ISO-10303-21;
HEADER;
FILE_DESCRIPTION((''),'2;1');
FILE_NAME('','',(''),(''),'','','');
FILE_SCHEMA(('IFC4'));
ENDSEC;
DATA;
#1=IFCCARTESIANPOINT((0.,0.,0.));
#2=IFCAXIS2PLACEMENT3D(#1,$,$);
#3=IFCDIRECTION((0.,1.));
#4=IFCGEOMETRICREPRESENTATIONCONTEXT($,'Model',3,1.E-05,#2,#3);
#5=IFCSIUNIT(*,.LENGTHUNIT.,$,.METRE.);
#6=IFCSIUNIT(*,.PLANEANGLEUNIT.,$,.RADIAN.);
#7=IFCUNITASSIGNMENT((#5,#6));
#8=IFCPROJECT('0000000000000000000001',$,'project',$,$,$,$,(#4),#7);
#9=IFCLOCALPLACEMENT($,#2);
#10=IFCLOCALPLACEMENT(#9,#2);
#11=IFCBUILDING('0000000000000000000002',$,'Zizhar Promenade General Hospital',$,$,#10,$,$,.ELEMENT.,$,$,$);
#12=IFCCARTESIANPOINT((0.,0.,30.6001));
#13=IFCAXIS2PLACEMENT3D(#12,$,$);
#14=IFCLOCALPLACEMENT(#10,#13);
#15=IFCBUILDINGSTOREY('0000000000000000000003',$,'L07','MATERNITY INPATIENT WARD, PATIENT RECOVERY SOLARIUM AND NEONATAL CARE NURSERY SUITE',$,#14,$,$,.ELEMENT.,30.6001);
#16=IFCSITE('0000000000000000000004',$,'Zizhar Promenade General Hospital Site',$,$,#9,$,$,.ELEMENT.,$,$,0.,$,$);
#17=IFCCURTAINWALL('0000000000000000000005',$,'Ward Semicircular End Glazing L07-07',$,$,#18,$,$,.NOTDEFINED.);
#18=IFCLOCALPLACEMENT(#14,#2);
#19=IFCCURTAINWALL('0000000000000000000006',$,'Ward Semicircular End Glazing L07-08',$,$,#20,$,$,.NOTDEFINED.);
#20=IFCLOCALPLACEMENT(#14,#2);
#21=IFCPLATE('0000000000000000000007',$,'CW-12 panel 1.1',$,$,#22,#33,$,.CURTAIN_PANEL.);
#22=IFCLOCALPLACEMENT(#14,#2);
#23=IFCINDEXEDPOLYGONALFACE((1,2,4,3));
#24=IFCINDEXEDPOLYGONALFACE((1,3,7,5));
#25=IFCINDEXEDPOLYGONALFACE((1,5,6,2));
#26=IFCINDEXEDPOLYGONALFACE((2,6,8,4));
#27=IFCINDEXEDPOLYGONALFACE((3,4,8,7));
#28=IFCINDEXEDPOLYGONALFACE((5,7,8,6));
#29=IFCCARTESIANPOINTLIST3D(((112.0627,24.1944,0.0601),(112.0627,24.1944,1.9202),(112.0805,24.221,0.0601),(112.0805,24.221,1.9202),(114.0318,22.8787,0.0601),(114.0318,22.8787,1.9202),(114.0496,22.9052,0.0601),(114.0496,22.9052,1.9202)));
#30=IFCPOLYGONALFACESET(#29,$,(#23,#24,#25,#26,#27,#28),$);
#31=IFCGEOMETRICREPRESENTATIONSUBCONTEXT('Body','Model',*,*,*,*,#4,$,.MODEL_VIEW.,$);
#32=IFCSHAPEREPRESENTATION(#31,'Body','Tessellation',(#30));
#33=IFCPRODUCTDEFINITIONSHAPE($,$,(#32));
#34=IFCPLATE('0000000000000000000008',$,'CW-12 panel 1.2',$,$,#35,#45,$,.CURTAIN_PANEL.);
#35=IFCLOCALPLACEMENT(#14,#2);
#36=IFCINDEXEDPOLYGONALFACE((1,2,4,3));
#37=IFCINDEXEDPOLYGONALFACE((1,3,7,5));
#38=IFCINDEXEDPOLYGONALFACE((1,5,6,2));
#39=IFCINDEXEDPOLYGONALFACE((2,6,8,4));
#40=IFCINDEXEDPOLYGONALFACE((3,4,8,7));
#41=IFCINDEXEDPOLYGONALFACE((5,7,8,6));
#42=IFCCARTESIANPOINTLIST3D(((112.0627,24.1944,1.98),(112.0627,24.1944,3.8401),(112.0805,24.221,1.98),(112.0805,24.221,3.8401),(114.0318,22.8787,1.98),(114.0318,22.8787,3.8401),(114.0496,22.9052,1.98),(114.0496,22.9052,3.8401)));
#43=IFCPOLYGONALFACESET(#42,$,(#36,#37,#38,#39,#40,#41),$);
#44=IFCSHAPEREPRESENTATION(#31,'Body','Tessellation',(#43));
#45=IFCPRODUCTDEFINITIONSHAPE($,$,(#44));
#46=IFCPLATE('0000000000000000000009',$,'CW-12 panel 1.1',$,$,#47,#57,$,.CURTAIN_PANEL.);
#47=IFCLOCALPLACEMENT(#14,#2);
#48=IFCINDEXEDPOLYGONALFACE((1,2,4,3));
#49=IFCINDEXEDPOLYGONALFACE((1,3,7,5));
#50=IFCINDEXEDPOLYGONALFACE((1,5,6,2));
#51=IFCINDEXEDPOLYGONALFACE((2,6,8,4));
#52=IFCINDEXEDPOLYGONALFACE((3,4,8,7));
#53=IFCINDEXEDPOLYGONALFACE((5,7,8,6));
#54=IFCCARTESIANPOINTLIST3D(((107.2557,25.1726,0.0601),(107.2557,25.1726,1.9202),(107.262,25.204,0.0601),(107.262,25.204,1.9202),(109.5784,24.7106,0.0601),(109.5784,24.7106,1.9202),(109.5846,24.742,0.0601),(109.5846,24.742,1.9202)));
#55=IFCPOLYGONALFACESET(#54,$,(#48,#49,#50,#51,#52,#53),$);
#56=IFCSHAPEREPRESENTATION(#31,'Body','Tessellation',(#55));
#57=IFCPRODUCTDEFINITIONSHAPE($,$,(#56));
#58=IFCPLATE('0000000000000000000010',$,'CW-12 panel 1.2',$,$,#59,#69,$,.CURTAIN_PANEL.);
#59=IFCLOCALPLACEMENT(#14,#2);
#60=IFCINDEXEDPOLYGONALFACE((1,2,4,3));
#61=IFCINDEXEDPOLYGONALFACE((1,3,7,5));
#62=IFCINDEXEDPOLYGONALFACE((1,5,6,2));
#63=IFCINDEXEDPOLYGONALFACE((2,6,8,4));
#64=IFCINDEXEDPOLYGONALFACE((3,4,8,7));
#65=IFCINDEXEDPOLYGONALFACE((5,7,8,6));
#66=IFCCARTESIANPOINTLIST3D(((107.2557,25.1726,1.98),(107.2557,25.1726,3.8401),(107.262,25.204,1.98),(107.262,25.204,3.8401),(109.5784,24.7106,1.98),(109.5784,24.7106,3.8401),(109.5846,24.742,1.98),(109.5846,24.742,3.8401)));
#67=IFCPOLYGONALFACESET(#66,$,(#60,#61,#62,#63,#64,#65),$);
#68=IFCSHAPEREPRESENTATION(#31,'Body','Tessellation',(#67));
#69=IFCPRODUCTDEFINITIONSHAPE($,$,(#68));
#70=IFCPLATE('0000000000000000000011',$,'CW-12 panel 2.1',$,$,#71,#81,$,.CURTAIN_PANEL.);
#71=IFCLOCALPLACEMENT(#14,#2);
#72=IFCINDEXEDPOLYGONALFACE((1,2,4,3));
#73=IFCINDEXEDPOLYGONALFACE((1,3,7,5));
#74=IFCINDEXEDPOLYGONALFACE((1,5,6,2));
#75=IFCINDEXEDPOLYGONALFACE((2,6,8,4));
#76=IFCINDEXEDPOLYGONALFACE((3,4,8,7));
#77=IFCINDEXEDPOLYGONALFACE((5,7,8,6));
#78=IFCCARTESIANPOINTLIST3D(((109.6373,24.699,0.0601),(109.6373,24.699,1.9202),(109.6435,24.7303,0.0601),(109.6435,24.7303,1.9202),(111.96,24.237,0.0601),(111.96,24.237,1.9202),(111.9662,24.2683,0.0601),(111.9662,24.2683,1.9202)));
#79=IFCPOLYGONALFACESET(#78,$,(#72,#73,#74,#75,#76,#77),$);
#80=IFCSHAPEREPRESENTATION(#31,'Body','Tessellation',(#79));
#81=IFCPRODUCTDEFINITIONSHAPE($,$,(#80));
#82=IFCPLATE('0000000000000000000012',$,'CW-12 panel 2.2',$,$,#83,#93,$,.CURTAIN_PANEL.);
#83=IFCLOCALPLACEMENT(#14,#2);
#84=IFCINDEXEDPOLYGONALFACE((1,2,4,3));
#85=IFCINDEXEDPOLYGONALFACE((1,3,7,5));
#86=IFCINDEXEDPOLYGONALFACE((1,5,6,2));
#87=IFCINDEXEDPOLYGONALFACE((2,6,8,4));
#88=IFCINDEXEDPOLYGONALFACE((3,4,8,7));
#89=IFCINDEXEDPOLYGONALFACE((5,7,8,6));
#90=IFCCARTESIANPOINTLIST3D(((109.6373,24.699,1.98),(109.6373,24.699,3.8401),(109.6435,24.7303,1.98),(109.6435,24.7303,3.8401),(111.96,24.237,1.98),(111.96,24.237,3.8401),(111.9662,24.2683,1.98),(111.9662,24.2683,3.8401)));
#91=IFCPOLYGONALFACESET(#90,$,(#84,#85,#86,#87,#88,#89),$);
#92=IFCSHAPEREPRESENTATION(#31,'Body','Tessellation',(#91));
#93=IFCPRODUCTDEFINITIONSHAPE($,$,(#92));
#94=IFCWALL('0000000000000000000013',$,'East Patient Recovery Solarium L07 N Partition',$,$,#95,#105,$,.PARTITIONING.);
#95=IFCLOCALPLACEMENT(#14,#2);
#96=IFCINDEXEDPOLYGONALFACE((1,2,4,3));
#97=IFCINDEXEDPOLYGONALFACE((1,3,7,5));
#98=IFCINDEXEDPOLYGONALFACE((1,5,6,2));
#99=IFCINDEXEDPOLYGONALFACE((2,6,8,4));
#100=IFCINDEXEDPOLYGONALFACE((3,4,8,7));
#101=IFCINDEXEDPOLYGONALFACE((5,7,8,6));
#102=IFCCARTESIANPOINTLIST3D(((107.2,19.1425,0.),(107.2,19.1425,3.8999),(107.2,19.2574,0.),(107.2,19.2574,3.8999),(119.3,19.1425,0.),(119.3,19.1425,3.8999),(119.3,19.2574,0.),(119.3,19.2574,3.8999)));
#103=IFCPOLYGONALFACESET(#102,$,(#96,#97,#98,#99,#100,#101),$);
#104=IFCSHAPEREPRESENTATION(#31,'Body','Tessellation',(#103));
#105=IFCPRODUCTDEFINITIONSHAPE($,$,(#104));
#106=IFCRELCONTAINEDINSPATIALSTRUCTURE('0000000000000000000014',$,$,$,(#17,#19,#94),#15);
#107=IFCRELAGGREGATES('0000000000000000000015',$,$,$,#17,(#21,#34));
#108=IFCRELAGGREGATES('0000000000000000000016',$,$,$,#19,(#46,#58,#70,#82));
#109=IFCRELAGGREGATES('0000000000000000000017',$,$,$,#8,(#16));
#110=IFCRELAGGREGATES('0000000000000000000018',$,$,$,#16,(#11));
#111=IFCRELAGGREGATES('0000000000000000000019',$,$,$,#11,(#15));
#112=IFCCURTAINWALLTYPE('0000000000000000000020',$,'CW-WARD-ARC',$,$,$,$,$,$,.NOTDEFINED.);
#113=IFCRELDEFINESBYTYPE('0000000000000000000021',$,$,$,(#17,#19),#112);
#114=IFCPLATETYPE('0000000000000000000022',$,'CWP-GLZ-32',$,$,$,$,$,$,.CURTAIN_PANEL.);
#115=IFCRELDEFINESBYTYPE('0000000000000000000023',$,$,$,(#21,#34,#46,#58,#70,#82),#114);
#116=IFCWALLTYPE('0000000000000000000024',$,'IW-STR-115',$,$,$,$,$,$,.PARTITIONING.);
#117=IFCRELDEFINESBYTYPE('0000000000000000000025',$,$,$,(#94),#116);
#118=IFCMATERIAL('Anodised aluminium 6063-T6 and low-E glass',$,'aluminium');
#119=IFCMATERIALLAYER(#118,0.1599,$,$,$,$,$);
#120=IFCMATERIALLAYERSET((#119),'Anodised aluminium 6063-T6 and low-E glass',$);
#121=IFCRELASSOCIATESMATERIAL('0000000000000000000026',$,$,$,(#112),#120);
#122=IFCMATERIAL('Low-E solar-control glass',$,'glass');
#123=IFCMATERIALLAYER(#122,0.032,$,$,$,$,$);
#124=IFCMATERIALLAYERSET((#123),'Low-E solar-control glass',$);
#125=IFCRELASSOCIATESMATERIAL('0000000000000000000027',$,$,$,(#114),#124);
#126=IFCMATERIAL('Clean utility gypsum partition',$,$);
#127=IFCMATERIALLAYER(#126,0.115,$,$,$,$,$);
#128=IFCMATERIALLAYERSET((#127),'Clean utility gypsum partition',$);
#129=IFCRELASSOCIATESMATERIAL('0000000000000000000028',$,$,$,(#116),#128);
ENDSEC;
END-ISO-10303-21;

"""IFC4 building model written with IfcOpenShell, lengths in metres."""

from ifc_helpers import new_model, si_unit, direction, frame, frame_2d, origin, origin_2d, place, context, subcontext, project, spatial, rectangle, extrude, material, layer, layer_set, type_object, element, aggregate, save


model = new_model("IFC4")

# Units and contexts
model_context = context("Model", 3, precision=1e-05, world=origin(), true_north=direction((0.0, 1.0)))
body_context = subcontext(model_context, "Body", "Model", "MODEL_VIEW")
ifc_project = project(units=[si_unit("LENGTHUNIT", "METRE"), si_unit("PLANEANGLEUNIT", "RADIAN")], contexts=[model_context])

# Site, building, storey
site_placement = place(None, origin())
site = spatial("IfcSite", under=ifc_project, at=site_placement, Name="Zizhar Promenade General Hospital Site", CompositionType="ELEMENT", RefElevation=0.0)
building_placement = place(site_placement, origin())
building = spatial("IfcBuilding", under=site, at=building_placement, Name="Zizhar Promenade General Hospital", CompositionType="ELEMENT")
storey_placement = place(building_placement, frame((0.0, 0.0, 30.6001)))
storey = spatial("IfcBuildingStorey", under=building, at=storey_placement, Name="L07", Description="MATERNITY INPATIENT WARD, PATIENT RECOVERY SOLARIUM AND NEONATAL CARE NURSERY SUITE", CompositionType="ELEMENT", Elevation=30.6001)

# Curtain walls
ifc_material_1 = material(Name="Anodised aluminium 6063-T6 and low-E glass", Category="aluminium")
ifc_layer_1 = layer(ifc_material_1, 0.1599)
ifc_layer_set_1 = layer_set([ifc_layer_1], Name="Anodised aluminium 6063-T6 and low-E glass")
curtain_wall_type_1 = type_object("IfcCurtainWallType", Name="CW-WARD-ARC", PredefinedType="NOTDEFINED", material=ifc_layer_set_1)
curtain_wall_1_placement = place(storey_placement, origin())
curtain_wall_1 = element("IfcCurtainWall", 1, at=curtain_wall_1_placement, inside=storey, type_object=curtain_wall_type_1, Name="Ward Semicircular End Glazing L07-07", PredefinedType="NOTDEFINED")
curtain_wall_2_placement = place(storey_placement, origin())
curtain_wall_2 = element("IfcCurtainWall", 2, at=curtain_wall_2_placement, inside=storey, type_object=curtain_wall_type_1, Name="Ward Semicircular End Glazing L07-08", PredefinedType="NOTDEFINED")

# Plates
ifc_material_2 = material(Name="Low-E solar-control glass", Category="glass")
ifc_layer_2 = layer(ifc_material_2, 0.032)
ifc_layer_set_2 = layer_set([ifc_layer_2], Name="Low-E solar-control glass")
plate_type = type_object("IfcPlateType", Name="CWP-GLZ-32", PredefinedType="CURTAIN_PANEL", material=ifc_layer_set_2)
plate_1_placement = place(storey_placement, frame((113.0562, 23.5498, 0.0601), z_axis=(0.0, 0.0, 1.0), x_axis=(0.831462, -0.555582, 0.0)))
plate_1 = element("IfcPlate", 3, at=plate_1_placement, type_object=plate_type, Name="CW-12 panel 1.1", PredefinedType="CURTAIN_PANEL", context=body_context, shape_type="SweptSolid", body=[
    extrude(rectangle(XDim=2.3682, YDim=0.032, at=origin_2d()), origin(), (0.0, 0.0, 1.0), 1.8601),
])
plate_2_placement = place(storey_placement, frame((113.0562, 23.5498, 1.98), z_axis=(0.0, 0.0, 1.0), x_axis=(0.831462, -0.555582, 0.0)))
plate_2 = element("IfcPlate", 4, at=plate_2_placement, type_object=plate_type, Name="CW-12 panel 1.2", PredefinedType="CURTAIN_PANEL", context=body_context, shape_type="SweptSolid", body=[
    extrude(rectangle(XDim=2.3682, YDim=0.032, at=origin_2d()), origin(), (0.0, 0.0, 1.0), 1.8601),
])
aggregate(curtain_wall_1, [plate_1, plate_2])
plate_3_placement = place(storey_placement, frame((108.4202, 24.9573, 0.0601), z_axis=(0.0, 0.0, 1.0), x_axis=(0.980786, -0.195087, 0.0)))
plate_3 = element("IfcPlate", 5, at=plate_3_placement, type_object=plate_type, Name="CW-12 panel 1.1", PredefinedType="CURTAIN_PANEL", context=body_context, shape_type="SweptSolid", body=[
    extrude(rectangle(XDim=2.3682, YDim=0.032, at=origin_2d()), origin(), (0.0, 0.0, 1.0), 1.8601),
])
plate_4_placement = place(storey_placement, frame((108.4202, 24.9573, 1.98), z_axis=(0.0, 0.0, 1.0), x_axis=(0.980786, -0.195087, 0.0)))
plate_4 = element("IfcPlate", 6, at=plate_4_placement, type_object=plate_type, Name="CW-12 panel 1.2", PredefinedType="CURTAIN_PANEL", context=body_context, shape_type="SweptSolid", body=[
    extrude(rectangle(XDim=2.3682, YDim=0.032, at=origin_2d()), origin(), (0.0, 0.0, 1.0), 1.8601),
])
plate_5_placement = place(storey_placement, frame((110.8018, 24.4836, 0.0601), z_axis=(0.0, 0.0, 1.0), x_axis=(0.980786, -0.195087, 0.0)))
plate_5 = element("IfcPlate", 7, at=plate_5_placement, type_object=plate_type, Name="CW-12 panel 2.1", PredefinedType="CURTAIN_PANEL", context=body_context, shape_type="SweptSolid", body=[
    extrude(rectangle(XDim=2.3682, YDim=0.032, at=origin_2d()), origin(), (0.0, 0.0, 1.0), 1.8601),
])
plate_6_placement = place(storey_placement, frame((110.8018, 24.4836, 1.98), z_axis=(0.0, 0.0, 1.0), x_axis=(0.980786, -0.195087, 0.0)))
plate_6 = element("IfcPlate", 8, at=plate_6_placement, type_object=plate_type, Name="CW-12 panel 2.2", PredefinedType="CURTAIN_PANEL", context=body_context, shape_type="SweptSolid", body=[
    extrude(rectangle(XDim=2.3682, YDim=0.032, at=origin_2d()), origin(), (0.0, 0.0, 1.0), 1.8601),
])
aggregate(curtain_wall_2, [plate_3, plate_4, plate_5, plate_6])

# Wall
ifc_material_3 = material(Name="Clean utility gypsum partition")
ifc_layer_3 = layer(ifc_material_3, 0.115)
ifc_layer_set_3 = layer_set([ifc_layer_3], Name="Clean utility gypsum partition")
wall_type = type_object("IfcWallType", Name="IW-STR-115", PredefinedType="PARTITIONING", material=ifc_layer_set_3)
wall_placement = place(storey_placement, frame((107.2, 19.2, 0.0), z_axis=(0.0, 0.0, 1.0), x_axis=(1.0, 0.0, 0.0)))
element("IfcWall", 9, at=wall_placement, inside=storey, type_object=wall_type, Name="East Patient Recovery Solarium L07 N Partition", PredefinedType="PARTITIONING", context=body_context, shape_type="SweptSolid", body=[
    extrude(rectangle(XDim=12.1001, YDim=0.115, at=frame_2d((6.05, 0.0))), origin(), (0.0, 0.0, 1.0), 3.8999),
])

save(model, "model.ifc")
